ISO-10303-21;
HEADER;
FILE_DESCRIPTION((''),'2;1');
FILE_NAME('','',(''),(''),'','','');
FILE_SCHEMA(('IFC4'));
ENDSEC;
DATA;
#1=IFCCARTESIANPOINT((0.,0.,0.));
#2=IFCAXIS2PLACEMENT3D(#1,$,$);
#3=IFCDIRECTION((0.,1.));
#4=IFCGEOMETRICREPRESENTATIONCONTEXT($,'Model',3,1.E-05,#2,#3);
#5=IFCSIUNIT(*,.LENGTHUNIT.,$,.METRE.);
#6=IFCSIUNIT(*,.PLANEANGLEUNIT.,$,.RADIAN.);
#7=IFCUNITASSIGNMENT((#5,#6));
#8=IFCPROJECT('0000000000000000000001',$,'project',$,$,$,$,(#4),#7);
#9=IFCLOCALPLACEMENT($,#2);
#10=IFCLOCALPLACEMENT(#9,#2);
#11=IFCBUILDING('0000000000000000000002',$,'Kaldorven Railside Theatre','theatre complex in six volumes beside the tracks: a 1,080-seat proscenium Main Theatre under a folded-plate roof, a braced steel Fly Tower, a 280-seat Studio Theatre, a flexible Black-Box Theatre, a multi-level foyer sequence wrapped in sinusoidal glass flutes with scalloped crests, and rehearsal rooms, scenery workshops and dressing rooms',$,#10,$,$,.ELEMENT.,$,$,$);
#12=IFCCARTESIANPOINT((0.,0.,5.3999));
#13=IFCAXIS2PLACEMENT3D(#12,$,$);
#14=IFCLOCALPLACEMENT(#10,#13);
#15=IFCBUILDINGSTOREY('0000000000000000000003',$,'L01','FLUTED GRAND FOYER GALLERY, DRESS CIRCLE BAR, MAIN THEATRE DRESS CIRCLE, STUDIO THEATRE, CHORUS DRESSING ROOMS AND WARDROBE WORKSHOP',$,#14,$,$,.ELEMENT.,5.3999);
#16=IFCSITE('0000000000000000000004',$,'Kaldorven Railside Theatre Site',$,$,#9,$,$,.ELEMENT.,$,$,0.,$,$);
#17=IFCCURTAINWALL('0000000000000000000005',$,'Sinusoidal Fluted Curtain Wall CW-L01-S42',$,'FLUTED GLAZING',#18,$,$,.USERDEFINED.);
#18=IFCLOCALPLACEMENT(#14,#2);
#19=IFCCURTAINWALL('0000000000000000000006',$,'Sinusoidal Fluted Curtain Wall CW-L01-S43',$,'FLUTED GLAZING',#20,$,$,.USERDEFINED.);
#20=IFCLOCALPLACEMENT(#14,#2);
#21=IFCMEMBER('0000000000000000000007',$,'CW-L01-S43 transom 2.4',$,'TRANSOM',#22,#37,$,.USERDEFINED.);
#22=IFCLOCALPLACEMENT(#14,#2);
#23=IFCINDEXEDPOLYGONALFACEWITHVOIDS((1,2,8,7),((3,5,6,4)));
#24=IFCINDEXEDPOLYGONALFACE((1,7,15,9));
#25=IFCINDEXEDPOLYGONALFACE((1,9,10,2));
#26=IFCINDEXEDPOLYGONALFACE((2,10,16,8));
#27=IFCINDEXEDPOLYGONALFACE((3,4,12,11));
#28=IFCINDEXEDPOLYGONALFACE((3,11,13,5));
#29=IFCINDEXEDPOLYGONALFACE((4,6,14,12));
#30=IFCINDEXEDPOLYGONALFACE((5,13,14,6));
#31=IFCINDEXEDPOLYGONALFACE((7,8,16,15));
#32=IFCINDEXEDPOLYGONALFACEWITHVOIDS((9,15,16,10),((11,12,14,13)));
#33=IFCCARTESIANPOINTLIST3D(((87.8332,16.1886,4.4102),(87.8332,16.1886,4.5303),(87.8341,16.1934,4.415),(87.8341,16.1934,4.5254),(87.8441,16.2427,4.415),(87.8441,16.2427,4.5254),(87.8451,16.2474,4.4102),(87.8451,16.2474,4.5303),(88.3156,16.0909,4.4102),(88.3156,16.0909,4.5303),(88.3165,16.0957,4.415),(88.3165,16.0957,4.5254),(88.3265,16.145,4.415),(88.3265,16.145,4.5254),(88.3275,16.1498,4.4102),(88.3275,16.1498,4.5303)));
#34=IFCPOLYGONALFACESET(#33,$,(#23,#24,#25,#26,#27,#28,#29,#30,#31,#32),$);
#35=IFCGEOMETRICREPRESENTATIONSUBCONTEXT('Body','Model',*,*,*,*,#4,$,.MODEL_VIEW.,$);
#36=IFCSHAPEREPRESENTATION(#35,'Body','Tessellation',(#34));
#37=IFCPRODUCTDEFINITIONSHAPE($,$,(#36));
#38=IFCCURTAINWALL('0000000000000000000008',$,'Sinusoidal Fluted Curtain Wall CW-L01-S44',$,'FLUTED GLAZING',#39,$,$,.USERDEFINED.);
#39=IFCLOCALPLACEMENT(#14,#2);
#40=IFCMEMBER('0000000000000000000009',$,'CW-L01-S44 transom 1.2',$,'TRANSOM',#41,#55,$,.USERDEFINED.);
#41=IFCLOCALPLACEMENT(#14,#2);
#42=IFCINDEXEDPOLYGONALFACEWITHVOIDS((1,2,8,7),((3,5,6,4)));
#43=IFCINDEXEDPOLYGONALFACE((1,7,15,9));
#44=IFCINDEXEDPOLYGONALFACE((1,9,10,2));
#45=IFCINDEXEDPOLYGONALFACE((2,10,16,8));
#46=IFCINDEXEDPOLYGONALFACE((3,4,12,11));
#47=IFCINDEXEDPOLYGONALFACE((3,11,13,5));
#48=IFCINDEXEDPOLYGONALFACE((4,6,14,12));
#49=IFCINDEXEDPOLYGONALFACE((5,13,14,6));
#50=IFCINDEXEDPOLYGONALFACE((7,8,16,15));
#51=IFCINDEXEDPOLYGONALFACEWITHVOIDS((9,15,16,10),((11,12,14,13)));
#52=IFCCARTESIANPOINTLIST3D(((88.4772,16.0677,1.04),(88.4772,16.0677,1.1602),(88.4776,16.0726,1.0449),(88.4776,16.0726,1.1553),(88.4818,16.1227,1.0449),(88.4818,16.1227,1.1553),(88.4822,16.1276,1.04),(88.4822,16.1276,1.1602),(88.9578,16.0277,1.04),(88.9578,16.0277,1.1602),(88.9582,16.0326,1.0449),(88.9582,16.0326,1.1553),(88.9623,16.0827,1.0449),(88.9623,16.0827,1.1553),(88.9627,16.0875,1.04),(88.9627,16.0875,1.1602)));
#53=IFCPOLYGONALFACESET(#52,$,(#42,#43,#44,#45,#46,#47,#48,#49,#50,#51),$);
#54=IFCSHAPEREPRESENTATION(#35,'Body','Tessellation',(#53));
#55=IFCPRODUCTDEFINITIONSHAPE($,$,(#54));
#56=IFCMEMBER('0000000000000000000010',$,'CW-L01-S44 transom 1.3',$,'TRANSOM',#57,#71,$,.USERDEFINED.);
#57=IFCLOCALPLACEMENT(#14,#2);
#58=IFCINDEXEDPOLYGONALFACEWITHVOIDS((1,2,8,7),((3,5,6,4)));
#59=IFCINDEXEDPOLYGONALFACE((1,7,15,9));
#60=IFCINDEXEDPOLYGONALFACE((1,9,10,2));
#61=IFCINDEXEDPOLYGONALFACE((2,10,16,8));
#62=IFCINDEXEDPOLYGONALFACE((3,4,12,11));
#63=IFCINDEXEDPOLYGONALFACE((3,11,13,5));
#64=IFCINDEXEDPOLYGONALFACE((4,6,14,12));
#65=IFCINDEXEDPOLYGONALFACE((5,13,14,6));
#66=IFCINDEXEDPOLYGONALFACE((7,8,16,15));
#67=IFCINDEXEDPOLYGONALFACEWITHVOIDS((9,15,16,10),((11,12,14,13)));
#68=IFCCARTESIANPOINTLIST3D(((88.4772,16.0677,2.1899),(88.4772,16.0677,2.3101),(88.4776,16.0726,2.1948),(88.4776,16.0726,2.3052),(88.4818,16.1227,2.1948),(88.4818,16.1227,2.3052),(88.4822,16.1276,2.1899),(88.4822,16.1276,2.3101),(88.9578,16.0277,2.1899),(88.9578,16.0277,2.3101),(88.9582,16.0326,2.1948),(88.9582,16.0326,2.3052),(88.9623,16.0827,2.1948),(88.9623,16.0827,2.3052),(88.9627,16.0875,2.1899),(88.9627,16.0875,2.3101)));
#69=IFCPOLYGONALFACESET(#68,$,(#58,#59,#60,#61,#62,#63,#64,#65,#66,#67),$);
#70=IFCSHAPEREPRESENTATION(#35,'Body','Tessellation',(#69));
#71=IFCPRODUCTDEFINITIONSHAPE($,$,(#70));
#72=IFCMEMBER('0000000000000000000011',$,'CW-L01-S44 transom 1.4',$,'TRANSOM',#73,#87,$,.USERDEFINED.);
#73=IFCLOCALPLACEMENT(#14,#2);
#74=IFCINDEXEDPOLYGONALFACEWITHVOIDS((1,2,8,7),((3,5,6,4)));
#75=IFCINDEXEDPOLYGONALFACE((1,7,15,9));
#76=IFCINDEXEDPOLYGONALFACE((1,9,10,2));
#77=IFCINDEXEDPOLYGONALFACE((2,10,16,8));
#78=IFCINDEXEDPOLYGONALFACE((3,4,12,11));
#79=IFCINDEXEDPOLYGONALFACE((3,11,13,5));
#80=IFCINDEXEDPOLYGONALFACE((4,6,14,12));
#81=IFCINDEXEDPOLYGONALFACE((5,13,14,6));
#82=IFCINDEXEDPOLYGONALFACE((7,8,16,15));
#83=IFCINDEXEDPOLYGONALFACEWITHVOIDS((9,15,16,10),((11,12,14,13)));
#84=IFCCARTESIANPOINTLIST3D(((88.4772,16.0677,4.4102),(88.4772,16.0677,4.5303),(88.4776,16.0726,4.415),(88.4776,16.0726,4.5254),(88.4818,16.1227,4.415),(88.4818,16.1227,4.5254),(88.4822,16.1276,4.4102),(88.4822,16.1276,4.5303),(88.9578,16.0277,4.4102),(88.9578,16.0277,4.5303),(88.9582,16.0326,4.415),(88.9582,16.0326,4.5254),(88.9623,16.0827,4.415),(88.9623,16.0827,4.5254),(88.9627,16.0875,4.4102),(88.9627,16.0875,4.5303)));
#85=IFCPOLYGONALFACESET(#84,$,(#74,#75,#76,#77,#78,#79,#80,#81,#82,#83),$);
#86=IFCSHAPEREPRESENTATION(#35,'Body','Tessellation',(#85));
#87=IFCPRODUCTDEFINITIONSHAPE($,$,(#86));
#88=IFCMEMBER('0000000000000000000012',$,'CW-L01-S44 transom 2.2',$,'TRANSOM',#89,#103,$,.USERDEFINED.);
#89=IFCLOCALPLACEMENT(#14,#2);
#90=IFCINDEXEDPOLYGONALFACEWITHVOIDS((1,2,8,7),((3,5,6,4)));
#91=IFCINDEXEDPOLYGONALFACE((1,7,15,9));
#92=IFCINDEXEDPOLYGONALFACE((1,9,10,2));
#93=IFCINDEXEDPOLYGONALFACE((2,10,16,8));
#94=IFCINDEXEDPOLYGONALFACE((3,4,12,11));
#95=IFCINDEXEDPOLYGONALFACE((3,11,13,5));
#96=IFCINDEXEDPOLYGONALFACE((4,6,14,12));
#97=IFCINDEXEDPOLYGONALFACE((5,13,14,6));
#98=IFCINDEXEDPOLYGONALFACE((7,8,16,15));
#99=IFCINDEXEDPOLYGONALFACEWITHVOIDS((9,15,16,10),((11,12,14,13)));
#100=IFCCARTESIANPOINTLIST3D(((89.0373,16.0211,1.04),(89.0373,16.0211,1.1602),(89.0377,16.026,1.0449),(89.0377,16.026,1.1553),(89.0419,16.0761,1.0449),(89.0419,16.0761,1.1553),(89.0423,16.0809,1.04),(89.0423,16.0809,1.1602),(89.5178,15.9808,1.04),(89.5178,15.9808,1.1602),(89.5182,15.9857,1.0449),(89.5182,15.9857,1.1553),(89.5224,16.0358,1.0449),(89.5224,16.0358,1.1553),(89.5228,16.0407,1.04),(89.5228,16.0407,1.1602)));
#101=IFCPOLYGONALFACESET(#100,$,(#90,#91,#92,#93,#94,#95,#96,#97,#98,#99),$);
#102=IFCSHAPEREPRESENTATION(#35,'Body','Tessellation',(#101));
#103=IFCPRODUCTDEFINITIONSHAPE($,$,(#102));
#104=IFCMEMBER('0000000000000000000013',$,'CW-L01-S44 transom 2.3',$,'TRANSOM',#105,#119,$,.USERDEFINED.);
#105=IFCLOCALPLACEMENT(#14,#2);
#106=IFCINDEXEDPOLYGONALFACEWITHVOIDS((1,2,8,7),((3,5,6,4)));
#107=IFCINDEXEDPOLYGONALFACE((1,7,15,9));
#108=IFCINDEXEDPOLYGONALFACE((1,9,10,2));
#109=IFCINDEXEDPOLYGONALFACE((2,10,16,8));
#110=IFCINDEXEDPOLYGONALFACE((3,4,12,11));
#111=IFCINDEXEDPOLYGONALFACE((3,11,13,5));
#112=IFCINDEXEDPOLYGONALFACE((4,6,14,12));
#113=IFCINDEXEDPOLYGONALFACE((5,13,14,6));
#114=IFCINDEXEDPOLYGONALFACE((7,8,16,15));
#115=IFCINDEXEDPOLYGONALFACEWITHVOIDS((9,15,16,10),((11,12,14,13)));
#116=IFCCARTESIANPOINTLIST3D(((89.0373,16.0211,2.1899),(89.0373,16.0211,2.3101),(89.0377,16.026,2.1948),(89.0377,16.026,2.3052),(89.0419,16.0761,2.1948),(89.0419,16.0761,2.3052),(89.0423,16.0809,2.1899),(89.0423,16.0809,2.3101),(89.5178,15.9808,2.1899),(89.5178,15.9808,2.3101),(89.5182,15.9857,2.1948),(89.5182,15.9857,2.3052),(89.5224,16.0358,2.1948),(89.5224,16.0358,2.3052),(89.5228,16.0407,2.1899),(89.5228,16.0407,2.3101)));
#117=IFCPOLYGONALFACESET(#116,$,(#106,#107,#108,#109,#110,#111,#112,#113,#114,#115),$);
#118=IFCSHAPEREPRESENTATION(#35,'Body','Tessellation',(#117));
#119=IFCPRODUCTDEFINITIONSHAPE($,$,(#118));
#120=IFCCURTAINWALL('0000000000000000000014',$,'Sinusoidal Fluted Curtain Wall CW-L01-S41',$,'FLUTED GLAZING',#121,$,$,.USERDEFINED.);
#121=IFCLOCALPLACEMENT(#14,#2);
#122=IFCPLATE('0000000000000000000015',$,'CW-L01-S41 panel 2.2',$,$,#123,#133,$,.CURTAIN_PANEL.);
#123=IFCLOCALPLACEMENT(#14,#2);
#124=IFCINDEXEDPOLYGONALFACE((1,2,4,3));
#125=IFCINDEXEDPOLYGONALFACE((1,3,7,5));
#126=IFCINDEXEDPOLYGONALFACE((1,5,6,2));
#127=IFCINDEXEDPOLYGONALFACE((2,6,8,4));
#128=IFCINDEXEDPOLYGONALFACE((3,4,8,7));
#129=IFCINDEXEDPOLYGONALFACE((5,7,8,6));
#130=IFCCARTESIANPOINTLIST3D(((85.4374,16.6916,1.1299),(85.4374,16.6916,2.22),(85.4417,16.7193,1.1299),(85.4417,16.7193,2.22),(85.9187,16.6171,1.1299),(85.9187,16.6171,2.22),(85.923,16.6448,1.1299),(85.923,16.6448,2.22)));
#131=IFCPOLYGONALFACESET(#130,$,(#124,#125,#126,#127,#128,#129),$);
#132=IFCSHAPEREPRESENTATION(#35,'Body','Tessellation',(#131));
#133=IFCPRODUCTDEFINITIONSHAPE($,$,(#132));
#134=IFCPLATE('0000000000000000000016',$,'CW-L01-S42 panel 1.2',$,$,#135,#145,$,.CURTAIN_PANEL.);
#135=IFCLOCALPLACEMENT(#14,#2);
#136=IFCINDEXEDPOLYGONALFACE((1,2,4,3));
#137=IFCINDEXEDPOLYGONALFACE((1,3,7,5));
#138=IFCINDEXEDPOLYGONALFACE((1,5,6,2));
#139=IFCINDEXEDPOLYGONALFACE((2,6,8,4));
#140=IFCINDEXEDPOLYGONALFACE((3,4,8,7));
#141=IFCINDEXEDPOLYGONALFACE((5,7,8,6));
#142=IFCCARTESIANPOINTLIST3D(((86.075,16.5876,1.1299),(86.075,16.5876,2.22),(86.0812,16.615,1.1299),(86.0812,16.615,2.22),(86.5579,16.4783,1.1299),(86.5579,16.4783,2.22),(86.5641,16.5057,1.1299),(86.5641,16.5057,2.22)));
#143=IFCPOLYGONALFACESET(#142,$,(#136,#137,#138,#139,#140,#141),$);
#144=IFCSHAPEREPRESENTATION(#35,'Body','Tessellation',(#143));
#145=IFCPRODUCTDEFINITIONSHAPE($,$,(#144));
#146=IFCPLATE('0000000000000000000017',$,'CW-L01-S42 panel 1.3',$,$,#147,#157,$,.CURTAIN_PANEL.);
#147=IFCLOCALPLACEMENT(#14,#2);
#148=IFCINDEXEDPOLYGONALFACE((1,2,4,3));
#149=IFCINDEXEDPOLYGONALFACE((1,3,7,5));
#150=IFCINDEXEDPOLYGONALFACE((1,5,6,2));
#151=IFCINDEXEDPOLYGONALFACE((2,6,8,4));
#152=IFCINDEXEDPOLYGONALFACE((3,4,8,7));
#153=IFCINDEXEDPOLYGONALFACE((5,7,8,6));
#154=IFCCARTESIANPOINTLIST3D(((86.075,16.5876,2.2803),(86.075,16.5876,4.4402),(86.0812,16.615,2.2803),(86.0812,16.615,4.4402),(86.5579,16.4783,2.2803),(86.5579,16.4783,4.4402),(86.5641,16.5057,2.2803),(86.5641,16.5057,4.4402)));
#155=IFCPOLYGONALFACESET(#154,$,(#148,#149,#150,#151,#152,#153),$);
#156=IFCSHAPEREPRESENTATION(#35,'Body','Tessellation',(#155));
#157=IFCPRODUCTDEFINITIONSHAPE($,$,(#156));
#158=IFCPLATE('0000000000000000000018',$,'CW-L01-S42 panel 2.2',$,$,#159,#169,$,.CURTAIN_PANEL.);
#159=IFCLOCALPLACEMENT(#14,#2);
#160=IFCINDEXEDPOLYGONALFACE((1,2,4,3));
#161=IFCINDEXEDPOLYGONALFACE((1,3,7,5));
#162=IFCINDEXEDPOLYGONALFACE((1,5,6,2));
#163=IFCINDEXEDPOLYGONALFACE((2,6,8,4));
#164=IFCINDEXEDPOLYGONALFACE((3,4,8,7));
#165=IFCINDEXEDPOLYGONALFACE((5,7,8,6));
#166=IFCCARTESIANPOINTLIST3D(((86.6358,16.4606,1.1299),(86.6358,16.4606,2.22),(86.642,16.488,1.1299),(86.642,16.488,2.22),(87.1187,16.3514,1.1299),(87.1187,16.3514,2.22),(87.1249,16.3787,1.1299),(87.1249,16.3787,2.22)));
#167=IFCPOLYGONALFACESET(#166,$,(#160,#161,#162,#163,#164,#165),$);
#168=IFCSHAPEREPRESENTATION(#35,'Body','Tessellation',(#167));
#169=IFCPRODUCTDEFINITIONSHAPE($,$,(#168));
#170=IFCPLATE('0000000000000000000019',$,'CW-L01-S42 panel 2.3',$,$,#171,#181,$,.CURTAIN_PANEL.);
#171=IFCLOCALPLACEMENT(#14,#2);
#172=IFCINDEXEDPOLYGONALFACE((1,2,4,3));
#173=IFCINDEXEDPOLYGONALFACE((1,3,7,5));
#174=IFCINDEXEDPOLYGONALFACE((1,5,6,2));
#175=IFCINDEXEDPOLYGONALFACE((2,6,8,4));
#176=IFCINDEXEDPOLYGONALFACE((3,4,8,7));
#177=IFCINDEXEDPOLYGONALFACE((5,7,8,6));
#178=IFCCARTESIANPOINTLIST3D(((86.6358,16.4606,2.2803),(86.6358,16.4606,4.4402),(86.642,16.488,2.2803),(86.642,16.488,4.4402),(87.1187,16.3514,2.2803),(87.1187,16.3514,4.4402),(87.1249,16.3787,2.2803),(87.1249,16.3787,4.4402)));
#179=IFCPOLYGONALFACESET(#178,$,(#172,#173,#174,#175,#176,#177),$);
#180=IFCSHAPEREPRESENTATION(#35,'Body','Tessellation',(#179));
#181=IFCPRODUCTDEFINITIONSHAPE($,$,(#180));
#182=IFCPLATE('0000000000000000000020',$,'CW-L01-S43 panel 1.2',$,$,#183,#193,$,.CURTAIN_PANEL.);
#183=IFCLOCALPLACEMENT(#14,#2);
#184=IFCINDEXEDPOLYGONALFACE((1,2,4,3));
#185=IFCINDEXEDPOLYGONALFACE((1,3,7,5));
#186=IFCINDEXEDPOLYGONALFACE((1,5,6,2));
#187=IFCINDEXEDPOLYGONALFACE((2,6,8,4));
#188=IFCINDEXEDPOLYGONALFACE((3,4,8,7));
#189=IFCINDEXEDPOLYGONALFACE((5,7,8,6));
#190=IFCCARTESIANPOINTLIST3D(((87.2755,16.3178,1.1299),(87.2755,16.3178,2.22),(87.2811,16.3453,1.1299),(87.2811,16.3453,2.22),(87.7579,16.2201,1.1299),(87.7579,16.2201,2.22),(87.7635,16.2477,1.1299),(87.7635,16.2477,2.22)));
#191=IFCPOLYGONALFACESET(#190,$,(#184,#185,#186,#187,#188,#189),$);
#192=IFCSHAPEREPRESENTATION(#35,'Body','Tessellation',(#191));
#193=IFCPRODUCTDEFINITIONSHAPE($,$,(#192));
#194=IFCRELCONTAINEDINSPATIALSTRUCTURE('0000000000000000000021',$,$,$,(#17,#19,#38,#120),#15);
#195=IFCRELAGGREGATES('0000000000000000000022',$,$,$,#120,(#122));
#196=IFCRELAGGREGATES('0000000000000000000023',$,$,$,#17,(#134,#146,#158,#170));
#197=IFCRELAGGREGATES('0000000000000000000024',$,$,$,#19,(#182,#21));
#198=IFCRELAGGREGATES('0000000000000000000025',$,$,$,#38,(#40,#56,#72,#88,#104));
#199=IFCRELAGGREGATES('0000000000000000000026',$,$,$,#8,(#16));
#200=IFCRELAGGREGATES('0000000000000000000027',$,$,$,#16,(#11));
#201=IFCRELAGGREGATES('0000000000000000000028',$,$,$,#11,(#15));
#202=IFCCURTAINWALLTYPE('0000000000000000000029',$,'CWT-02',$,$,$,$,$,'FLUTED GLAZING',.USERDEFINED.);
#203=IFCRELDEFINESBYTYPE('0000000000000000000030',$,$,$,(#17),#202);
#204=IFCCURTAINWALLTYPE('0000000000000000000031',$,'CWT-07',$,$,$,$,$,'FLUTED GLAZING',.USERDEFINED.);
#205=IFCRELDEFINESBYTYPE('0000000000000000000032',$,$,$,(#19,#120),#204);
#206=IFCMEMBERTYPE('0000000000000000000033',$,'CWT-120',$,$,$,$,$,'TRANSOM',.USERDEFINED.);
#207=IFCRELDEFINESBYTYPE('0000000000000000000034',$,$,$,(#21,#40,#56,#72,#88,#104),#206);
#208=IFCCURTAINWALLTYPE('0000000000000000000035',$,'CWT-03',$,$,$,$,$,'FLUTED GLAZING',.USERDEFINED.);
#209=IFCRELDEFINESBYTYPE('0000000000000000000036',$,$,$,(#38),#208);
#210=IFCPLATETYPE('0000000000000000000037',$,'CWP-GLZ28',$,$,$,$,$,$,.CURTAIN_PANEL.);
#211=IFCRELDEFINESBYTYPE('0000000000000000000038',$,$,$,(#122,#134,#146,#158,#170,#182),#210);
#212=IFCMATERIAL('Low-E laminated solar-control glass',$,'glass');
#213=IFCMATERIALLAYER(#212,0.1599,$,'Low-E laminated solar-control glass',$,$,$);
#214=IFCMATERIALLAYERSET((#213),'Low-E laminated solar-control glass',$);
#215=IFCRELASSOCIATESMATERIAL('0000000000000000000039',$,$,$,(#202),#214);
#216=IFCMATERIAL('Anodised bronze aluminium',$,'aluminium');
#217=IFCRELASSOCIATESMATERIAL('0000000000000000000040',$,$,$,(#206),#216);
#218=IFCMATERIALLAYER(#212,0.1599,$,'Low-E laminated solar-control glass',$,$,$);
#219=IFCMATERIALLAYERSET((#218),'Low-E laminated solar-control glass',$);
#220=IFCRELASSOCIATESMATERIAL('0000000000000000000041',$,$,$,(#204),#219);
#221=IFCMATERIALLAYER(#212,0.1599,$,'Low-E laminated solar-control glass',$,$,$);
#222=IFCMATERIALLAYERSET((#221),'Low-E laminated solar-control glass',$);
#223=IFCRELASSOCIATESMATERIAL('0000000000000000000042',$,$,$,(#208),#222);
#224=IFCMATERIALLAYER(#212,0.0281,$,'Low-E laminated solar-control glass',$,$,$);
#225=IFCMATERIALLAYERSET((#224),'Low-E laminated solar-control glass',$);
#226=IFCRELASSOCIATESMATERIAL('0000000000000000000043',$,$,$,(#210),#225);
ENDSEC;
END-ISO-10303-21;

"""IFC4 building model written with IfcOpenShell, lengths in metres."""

from ifc_helpers import new_model, si_unit, direction, frame, origin, origin_2d, place, context, subcontext, project, spatial, rectangle, hollow_rectangle, extrude, material, layer, layer_set, material_profile, profile_set, type_object, element, aggregate, save


model = new_model("IFC4")

# Units and contexts
model_context = context("Model", 3, precision=1e-05, world=origin(), true_north=direction((0.0, 1.0)))
body_context = subcontext(model_context, "Body", "Model", "MODEL_VIEW")
ifc_project = project(units=[si_unit("LENGTHUNIT", "METRE"), si_unit("PLANEANGLEUNIT", "RADIAN")], contexts=[model_context])

# Site, building, storey
site_placement = place(None, origin())
site = spatial("IfcSite", under=ifc_project, at=site_placement, Name="Kaldorven Railside Theatre Site", CompositionType="ELEMENT", RefElevation=0.0)
building_placement = place(site_placement, origin())
building = spatial("IfcBuilding", under=site, at=building_placement, Name="Kaldorven Railside Theatre", Description="theatre complex in six volumes beside the tracks: a 1,080-seat proscenium Main Theatre under a folded-plate roof, a braced steel Fly Tower, a 280-seat Studio Theatre, a flexible Black-Box Theatre, a multi-level foyer sequence wrapped in sinusoidal glass flutes with scalloped crests, and rehearsal rooms, scenery workshops and dressing rooms", CompositionType="ELEMENT")
storey_placement = place(building_placement, frame((0.0, 0.0, 5.3999)))
storey = spatial("IfcBuildingStorey", under=building, at=storey_placement, Name="L01", Description="FLUTED GRAND FOYER GALLERY, DRESS CIRCLE BAR, MAIN THEATRE DRESS CIRCLE, STUDIO THEATRE, CHORUS DRESSING ROOMS AND WARDROBE WORKSHOP", CompositionType="ELEMENT", Elevation=5.3999)

# Curtain walls, members
ifc_material_1 = material(Name="Low-E laminated solar-control glass", Category="glass")
ifc_layer_1 = layer(ifc_material_1, 0.1599, Name="Low-E laminated solar-control glass")
ifc_layer_set_1 = layer_set([ifc_layer_1], Name="Low-E laminated solar-control glass")
curtain_wall_type_1 = type_object("IfcCurtainWallType", Name="CWT-02", ElementType="FLUTED GLAZING", PredefinedType="USERDEFINED", material=ifc_layer_set_1)
curtain_wall_1_placement = place(storey_placement, origin())
curtain_wall_1 = element("IfcCurtainWall", 1, at=curtain_wall_1_placement, inside=storey, type_object=curtain_wall_type_1, Name="Sinusoidal Fluted Curtain Wall CW-L01-S42", ObjectType="FLUTED GLAZING", PredefinedType="USERDEFINED")
ifc_material_2 = material(Name="Anodised bronze aluminium", Category="aluminium")
ifc_material_profile = material_profile(ifc_material_2, hollow_rectangle(XDim=0.0601, YDim=0.1201, WallThickness=0.0049, at=origin_2d()), Name="RHS 120x60x5")
ifc_profile_set = profile_set([ifc_material_profile], Name="Anodised bronze aluminium")
member_type = type_object("IfcMemberType", Name="CWT-120", ElementType="TRANSOM", PredefinedType="USERDEFINED", material=ifc_profile_set)
ifc_layer_2 = layer(ifc_material_1, 0.1599, Name="Low-E laminated solar-control glass")
ifc_layer_set_2 = layer_set([ifc_layer_2], Name="Low-E laminated solar-control glass")
curtain_wall_type_2 = type_object("IfcCurtainWallType", Name="CWT-07", ElementType="FLUTED GLAZING", PredefinedType="USERDEFINED", material=ifc_layer_set_2)
curtain_wall_2_placement = place(storey_placement, origin())
curtain_wall_2 = element("IfcCurtainWall", 2, at=curtain_wall_2_placement, inside=storey, type_object=curtain_wall_type_2, Name="Sinusoidal Fluted Curtain Wall CW-L01-S43", ObjectType="FLUTED GLAZING", PredefinedType="USERDEFINED")
member_1_placement = place(storey_placement, frame((87.8391, 16.218, 4.4702), z_axis=(0.98012, -0.198405, 0.0), x_axis=(0.198405, 0.98012, 0.0)))
member_1 = element("IfcMember", 3, at=member_1_placement, type_object=member_type, Name="CW-L01-S43 transom 2.4", ObjectType="TRANSOM", PredefinedType="USERDEFINED", context=body_context, shape_type="SweptSolid", body=[
    extrude(hollow_rectangle(XDim=0.0601, YDim=0.1201, WallThickness=0.0049, at=origin_2d()), origin(), (0.0, 0.0, 1.0), 0.4922),
])
ifc_layer_3 = layer(ifc_material_1, 0.1599, Name="Low-E laminated solar-control glass")
ifc_layer_set_3 = layer_set([ifc_layer_3], Name="Low-E laminated solar-control glass")
curtain_wall_type_3 = type_object("IfcCurtainWallType", Name="CWT-03", ElementType="FLUTED GLAZING", PredefinedType="USERDEFINED", material=ifc_layer_set_3)
curtain_wall_3_placement = place(storey_placement, origin())
curtain_wall_3 = element("IfcCurtainWall", 4, at=curtain_wall_3_placement, inside=storey, type_object=curtain_wall_type_3, Name="Sinusoidal Fluted Curtain Wall CW-L01-S44", ObjectType="FLUTED GLAZING", PredefinedType="USERDEFINED")
member_2_placement = place(storey_placement, frame((88.4797, 16.0977, 1.1001), z_axis=(0.996546, -0.083045, 0.0), x_axis=(0.083045, 0.996546, 0.0)))
member_2 = element("IfcMember", 5, at=member_2_placement, type_object=member_type, Name="CW-L01-S44 transom 1.2", ObjectType="TRANSOM", PredefinedType="USERDEFINED", context=body_context, shape_type="SweptSolid", body=[
    extrude(hollow_rectangle(XDim=0.0601, YDim=0.1201, WallThickness=0.0049, at=origin_2d()), origin(), (0.0, 0.0, 1.0), 0.4822),
])
member_3_placement = place(storey_placement, frame((88.4797, 16.0977, 2.25), z_axis=(0.996546, -0.083045, 0.0), x_axis=(0.083045, 0.996546, 0.0)))
member_3 = element("IfcMember", 6, at=member_3_placement, type_object=member_type, Name="CW-L01-S44 transom 1.3", ObjectType="TRANSOM", PredefinedType="USERDEFINED", context=body_context, shape_type="SweptSolid", body=[
    extrude(hollow_rectangle(XDim=0.0601, YDim=0.1201, WallThickness=0.0049, at=origin_2d()), origin(), (0.0, 0.0, 1.0), 0.4822),
])
member_4_placement = place(storey_placement, frame((88.4797, 16.0977, 4.4702), z_axis=(0.996546, -0.083045, 0.0), x_axis=(0.083045, 0.996546, 0.0)))
member_4 = element("IfcMember", 7, at=member_4_placement, type_object=member_type, Name="CW-L01-S44 transom 1.4", ObjectType="TRANSOM", PredefinedType="USERDEFINED", context=body_context, shape_type="SweptSolid", body=[
    extrude(hollow_rectangle(XDim=0.0601, YDim=0.1201, WallThickness=0.0049, at=origin_2d()), origin(), (0.0, 0.0, 1.0), 0.4822),
])
member_5_placement = place(storey_placement, frame((89.0398, 16.051, 1.1001), z_axis=(0.996504, -0.083548, 0.0), x_axis=(0.083548, 0.996504, 0.0)))
member_5 = element("IfcMember", 8, at=member_5_placement, type_object=member_type, Name="CW-L01-S44 transom 2.2", ObjectType="TRANSOM", PredefinedType="USERDEFINED", context=body_context, shape_type="SweptSolid", body=[
    extrude(hollow_rectangle(XDim=0.0601, YDim=0.1201, WallThickness=0.0049, at=origin_2d()), origin(), (0.0, 0.0, 1.0), 0.4822),
])
member_6_placement = place(storey_placement, frame((89.0398, 16.051, 2.25), z_axis=(0.996504, -0.083548, 0.0), x_axis=(0.083548, 0.996504, 0.0)))
member_6 = element("IfcMember", 9, at=member_6_placement, type_object=member_type, Name="CW-L01-S44 transom 2.3", ObjectType="TRANSOM", PredefinedType="USERDEFINED", context=body_context, shape_type="SweptSolid", body=[
    extrude(hollow_rectangle(XDim=0.0601, YDim=0.1201, WallThickness=0.0049, at=origin_2d()), origin(), (0.0, 0.0, 1.0), 0.4822),
])

# Curtain wall, plate
curtain_wall_4_placement = place(storey_placement, origin())
curtain_wall_4 = element("IfcCurtainWall", 10, at=curtain_wall_4_placement, inside=storey, type_object=curtain_wall_type_2, Name="Sinusoidal Fluted Curtain Wall CW-L01-S41", ObjectType="FLUTED GLAZING", PredefinedType="USERDEFINED")
ifc_layer_4 = layer(ifc_material_1, 0.0281, Name="Low-E laminated solar-control glass")
ifc_layer_set_4 = layer_set([ifc_layer_4], Name="Low-E laminated solar-control glass")
plate_type = type_object("IfcPlateType", Name="CWP-GLZ28", PredefinedType="CURTAIN_PANEL", material=ifc_layer_set_4)
plate_1_placement = place(storey_placement, frame((85.6802, 16.6682, 1.1299), z_axis=(0.0, 0.0, 1.0), x_axis=(0.988225, -0.15301, 0.0)))
plate_1 = element("IfcPlate", 11, at=plate_1_placement, type_object=plate_type, Name="CW-L01-S41 panel 2.2", PredefinedType="CURTAIN_PANEL", context=body_context, shape_type="SweptSolid", body=[
    extrude(rectangle(XDim=0.4871, YDim=0.0281, at=origin_2d()), origin(), (0.0, 0.0, 1.0), 1.0901),
])
aggregate(curtain_wall_4, [plate_1])

# Plates
plate_2_placement = place(storey_placement, frame((86.3196, 16.5466, 1.1299), z_axis=(0.0, 0.0, 1.0), x_axis=(0.975348, -0.220672, 0.0)))
plate_2 = element("IfcPlate", 12, at=plate_2_placement, type_object=plate_type, Name="CW-L01-S42 panel 1.2", PredefinedType="CURTAIN_PANEL", context=body_context, shape_type="SweptSolid", body=[
    extrude(rectangle(XDim=0.4951, YDim=0.0281, at=origin_2d()), origin(), (0.0, 0.0, 1.0), 1.0901),
])
plate_3_placement = place(storey_placement, frame((86.3196, 16.5466, 2.2803), z_axis=(0.0, 0.0, 1.0), x_axis=(0.975348, -0.220672, 0.0)))
plate_3 = element("IfcPlate", 13, at=plate_3_placement, type_object=plate_type, Name="CW-L01-S42 panel 1.3", PredefinedType="CURTAIN_PANEL", context=body_context, shape_type="SweptSolid", body=[
    extrude(rectangle(XDim=0.4951, YDim=0.0281, at=origin_2d()), origin(), (0.0, 0.0, 1.0), 2.1599),
])
plate_4_placement = place(storey_placement, frame((86.8804, 16.4197, 1.1299), z_axis=(0.0, 0.0, 1.0), x_axis=(0.975348, -0.220672, 0.0)))
plate_4 = element("IfcPlate", 14, at=plate_4_placement, type_object=plate_type, Name="CW-L01-S42 panel 2.2", PredefinedType="CURTAIN_PANEL", context=body_context, shape_type="SweptSolid", body=[
    extrude(rectangle(XDim=0.4951, YDim=0.0281, at=origin_2d()), origin(), (0.0, 0.0, 1.0), 1.0901),
])
plate_5_placement = place(storey_placement, frame((86.8804, 16.4197, 2.2803), z_axis=(0.0, 0.0, 1.0), x_axis=(0.975348, -0.220672, 0.0)))
plate_5 = element("IfcPlate", 15, at=plate_5_placement, type_object=plate_type, Name="CW-L01-S42 panel 2.3", PredefinedType="CURTAIN_PANEL", context=body_context, shape_type="SweptSolid", body=[
    extrude(rectangle(XDim=0.4951, YDim=0.0281, at=origin_2d()), origin(), (0.0, 0.0, 1.0), 2.1599),
])
aggregate(curtain_wall_1, [plate_2, plate_3, plate_4, plate_5])
plate_6_placement = place(storey_placement, frame((87.5195, 16.2827, 1.1299), z_axis=(0.0, 0.0, 1.0), x_axis=(0.980123, -0.198393, 0.0)))
plate_6 = element("IfcPlate", 16, at=plate_6_placement, type_object=plate_type, Name="CW-L01-S43 panel 1.2", PredefinedType="CURTAIN_PANEL", context=body_context, shape_type="SweptSolid", body=[
    extrude(rectangle(XDim=0.4922, YDim=0.0281, at=origin_2d()), origin(), (0.0, 0.0, 1.0), 1.0901),
])
aggregate(curtain_wall_2, [plate_6, member_1])
aggregate(curtain_wall_3, [member_2, member_3, member_4, member_5, member_6])

save(model, "model.ifc")
